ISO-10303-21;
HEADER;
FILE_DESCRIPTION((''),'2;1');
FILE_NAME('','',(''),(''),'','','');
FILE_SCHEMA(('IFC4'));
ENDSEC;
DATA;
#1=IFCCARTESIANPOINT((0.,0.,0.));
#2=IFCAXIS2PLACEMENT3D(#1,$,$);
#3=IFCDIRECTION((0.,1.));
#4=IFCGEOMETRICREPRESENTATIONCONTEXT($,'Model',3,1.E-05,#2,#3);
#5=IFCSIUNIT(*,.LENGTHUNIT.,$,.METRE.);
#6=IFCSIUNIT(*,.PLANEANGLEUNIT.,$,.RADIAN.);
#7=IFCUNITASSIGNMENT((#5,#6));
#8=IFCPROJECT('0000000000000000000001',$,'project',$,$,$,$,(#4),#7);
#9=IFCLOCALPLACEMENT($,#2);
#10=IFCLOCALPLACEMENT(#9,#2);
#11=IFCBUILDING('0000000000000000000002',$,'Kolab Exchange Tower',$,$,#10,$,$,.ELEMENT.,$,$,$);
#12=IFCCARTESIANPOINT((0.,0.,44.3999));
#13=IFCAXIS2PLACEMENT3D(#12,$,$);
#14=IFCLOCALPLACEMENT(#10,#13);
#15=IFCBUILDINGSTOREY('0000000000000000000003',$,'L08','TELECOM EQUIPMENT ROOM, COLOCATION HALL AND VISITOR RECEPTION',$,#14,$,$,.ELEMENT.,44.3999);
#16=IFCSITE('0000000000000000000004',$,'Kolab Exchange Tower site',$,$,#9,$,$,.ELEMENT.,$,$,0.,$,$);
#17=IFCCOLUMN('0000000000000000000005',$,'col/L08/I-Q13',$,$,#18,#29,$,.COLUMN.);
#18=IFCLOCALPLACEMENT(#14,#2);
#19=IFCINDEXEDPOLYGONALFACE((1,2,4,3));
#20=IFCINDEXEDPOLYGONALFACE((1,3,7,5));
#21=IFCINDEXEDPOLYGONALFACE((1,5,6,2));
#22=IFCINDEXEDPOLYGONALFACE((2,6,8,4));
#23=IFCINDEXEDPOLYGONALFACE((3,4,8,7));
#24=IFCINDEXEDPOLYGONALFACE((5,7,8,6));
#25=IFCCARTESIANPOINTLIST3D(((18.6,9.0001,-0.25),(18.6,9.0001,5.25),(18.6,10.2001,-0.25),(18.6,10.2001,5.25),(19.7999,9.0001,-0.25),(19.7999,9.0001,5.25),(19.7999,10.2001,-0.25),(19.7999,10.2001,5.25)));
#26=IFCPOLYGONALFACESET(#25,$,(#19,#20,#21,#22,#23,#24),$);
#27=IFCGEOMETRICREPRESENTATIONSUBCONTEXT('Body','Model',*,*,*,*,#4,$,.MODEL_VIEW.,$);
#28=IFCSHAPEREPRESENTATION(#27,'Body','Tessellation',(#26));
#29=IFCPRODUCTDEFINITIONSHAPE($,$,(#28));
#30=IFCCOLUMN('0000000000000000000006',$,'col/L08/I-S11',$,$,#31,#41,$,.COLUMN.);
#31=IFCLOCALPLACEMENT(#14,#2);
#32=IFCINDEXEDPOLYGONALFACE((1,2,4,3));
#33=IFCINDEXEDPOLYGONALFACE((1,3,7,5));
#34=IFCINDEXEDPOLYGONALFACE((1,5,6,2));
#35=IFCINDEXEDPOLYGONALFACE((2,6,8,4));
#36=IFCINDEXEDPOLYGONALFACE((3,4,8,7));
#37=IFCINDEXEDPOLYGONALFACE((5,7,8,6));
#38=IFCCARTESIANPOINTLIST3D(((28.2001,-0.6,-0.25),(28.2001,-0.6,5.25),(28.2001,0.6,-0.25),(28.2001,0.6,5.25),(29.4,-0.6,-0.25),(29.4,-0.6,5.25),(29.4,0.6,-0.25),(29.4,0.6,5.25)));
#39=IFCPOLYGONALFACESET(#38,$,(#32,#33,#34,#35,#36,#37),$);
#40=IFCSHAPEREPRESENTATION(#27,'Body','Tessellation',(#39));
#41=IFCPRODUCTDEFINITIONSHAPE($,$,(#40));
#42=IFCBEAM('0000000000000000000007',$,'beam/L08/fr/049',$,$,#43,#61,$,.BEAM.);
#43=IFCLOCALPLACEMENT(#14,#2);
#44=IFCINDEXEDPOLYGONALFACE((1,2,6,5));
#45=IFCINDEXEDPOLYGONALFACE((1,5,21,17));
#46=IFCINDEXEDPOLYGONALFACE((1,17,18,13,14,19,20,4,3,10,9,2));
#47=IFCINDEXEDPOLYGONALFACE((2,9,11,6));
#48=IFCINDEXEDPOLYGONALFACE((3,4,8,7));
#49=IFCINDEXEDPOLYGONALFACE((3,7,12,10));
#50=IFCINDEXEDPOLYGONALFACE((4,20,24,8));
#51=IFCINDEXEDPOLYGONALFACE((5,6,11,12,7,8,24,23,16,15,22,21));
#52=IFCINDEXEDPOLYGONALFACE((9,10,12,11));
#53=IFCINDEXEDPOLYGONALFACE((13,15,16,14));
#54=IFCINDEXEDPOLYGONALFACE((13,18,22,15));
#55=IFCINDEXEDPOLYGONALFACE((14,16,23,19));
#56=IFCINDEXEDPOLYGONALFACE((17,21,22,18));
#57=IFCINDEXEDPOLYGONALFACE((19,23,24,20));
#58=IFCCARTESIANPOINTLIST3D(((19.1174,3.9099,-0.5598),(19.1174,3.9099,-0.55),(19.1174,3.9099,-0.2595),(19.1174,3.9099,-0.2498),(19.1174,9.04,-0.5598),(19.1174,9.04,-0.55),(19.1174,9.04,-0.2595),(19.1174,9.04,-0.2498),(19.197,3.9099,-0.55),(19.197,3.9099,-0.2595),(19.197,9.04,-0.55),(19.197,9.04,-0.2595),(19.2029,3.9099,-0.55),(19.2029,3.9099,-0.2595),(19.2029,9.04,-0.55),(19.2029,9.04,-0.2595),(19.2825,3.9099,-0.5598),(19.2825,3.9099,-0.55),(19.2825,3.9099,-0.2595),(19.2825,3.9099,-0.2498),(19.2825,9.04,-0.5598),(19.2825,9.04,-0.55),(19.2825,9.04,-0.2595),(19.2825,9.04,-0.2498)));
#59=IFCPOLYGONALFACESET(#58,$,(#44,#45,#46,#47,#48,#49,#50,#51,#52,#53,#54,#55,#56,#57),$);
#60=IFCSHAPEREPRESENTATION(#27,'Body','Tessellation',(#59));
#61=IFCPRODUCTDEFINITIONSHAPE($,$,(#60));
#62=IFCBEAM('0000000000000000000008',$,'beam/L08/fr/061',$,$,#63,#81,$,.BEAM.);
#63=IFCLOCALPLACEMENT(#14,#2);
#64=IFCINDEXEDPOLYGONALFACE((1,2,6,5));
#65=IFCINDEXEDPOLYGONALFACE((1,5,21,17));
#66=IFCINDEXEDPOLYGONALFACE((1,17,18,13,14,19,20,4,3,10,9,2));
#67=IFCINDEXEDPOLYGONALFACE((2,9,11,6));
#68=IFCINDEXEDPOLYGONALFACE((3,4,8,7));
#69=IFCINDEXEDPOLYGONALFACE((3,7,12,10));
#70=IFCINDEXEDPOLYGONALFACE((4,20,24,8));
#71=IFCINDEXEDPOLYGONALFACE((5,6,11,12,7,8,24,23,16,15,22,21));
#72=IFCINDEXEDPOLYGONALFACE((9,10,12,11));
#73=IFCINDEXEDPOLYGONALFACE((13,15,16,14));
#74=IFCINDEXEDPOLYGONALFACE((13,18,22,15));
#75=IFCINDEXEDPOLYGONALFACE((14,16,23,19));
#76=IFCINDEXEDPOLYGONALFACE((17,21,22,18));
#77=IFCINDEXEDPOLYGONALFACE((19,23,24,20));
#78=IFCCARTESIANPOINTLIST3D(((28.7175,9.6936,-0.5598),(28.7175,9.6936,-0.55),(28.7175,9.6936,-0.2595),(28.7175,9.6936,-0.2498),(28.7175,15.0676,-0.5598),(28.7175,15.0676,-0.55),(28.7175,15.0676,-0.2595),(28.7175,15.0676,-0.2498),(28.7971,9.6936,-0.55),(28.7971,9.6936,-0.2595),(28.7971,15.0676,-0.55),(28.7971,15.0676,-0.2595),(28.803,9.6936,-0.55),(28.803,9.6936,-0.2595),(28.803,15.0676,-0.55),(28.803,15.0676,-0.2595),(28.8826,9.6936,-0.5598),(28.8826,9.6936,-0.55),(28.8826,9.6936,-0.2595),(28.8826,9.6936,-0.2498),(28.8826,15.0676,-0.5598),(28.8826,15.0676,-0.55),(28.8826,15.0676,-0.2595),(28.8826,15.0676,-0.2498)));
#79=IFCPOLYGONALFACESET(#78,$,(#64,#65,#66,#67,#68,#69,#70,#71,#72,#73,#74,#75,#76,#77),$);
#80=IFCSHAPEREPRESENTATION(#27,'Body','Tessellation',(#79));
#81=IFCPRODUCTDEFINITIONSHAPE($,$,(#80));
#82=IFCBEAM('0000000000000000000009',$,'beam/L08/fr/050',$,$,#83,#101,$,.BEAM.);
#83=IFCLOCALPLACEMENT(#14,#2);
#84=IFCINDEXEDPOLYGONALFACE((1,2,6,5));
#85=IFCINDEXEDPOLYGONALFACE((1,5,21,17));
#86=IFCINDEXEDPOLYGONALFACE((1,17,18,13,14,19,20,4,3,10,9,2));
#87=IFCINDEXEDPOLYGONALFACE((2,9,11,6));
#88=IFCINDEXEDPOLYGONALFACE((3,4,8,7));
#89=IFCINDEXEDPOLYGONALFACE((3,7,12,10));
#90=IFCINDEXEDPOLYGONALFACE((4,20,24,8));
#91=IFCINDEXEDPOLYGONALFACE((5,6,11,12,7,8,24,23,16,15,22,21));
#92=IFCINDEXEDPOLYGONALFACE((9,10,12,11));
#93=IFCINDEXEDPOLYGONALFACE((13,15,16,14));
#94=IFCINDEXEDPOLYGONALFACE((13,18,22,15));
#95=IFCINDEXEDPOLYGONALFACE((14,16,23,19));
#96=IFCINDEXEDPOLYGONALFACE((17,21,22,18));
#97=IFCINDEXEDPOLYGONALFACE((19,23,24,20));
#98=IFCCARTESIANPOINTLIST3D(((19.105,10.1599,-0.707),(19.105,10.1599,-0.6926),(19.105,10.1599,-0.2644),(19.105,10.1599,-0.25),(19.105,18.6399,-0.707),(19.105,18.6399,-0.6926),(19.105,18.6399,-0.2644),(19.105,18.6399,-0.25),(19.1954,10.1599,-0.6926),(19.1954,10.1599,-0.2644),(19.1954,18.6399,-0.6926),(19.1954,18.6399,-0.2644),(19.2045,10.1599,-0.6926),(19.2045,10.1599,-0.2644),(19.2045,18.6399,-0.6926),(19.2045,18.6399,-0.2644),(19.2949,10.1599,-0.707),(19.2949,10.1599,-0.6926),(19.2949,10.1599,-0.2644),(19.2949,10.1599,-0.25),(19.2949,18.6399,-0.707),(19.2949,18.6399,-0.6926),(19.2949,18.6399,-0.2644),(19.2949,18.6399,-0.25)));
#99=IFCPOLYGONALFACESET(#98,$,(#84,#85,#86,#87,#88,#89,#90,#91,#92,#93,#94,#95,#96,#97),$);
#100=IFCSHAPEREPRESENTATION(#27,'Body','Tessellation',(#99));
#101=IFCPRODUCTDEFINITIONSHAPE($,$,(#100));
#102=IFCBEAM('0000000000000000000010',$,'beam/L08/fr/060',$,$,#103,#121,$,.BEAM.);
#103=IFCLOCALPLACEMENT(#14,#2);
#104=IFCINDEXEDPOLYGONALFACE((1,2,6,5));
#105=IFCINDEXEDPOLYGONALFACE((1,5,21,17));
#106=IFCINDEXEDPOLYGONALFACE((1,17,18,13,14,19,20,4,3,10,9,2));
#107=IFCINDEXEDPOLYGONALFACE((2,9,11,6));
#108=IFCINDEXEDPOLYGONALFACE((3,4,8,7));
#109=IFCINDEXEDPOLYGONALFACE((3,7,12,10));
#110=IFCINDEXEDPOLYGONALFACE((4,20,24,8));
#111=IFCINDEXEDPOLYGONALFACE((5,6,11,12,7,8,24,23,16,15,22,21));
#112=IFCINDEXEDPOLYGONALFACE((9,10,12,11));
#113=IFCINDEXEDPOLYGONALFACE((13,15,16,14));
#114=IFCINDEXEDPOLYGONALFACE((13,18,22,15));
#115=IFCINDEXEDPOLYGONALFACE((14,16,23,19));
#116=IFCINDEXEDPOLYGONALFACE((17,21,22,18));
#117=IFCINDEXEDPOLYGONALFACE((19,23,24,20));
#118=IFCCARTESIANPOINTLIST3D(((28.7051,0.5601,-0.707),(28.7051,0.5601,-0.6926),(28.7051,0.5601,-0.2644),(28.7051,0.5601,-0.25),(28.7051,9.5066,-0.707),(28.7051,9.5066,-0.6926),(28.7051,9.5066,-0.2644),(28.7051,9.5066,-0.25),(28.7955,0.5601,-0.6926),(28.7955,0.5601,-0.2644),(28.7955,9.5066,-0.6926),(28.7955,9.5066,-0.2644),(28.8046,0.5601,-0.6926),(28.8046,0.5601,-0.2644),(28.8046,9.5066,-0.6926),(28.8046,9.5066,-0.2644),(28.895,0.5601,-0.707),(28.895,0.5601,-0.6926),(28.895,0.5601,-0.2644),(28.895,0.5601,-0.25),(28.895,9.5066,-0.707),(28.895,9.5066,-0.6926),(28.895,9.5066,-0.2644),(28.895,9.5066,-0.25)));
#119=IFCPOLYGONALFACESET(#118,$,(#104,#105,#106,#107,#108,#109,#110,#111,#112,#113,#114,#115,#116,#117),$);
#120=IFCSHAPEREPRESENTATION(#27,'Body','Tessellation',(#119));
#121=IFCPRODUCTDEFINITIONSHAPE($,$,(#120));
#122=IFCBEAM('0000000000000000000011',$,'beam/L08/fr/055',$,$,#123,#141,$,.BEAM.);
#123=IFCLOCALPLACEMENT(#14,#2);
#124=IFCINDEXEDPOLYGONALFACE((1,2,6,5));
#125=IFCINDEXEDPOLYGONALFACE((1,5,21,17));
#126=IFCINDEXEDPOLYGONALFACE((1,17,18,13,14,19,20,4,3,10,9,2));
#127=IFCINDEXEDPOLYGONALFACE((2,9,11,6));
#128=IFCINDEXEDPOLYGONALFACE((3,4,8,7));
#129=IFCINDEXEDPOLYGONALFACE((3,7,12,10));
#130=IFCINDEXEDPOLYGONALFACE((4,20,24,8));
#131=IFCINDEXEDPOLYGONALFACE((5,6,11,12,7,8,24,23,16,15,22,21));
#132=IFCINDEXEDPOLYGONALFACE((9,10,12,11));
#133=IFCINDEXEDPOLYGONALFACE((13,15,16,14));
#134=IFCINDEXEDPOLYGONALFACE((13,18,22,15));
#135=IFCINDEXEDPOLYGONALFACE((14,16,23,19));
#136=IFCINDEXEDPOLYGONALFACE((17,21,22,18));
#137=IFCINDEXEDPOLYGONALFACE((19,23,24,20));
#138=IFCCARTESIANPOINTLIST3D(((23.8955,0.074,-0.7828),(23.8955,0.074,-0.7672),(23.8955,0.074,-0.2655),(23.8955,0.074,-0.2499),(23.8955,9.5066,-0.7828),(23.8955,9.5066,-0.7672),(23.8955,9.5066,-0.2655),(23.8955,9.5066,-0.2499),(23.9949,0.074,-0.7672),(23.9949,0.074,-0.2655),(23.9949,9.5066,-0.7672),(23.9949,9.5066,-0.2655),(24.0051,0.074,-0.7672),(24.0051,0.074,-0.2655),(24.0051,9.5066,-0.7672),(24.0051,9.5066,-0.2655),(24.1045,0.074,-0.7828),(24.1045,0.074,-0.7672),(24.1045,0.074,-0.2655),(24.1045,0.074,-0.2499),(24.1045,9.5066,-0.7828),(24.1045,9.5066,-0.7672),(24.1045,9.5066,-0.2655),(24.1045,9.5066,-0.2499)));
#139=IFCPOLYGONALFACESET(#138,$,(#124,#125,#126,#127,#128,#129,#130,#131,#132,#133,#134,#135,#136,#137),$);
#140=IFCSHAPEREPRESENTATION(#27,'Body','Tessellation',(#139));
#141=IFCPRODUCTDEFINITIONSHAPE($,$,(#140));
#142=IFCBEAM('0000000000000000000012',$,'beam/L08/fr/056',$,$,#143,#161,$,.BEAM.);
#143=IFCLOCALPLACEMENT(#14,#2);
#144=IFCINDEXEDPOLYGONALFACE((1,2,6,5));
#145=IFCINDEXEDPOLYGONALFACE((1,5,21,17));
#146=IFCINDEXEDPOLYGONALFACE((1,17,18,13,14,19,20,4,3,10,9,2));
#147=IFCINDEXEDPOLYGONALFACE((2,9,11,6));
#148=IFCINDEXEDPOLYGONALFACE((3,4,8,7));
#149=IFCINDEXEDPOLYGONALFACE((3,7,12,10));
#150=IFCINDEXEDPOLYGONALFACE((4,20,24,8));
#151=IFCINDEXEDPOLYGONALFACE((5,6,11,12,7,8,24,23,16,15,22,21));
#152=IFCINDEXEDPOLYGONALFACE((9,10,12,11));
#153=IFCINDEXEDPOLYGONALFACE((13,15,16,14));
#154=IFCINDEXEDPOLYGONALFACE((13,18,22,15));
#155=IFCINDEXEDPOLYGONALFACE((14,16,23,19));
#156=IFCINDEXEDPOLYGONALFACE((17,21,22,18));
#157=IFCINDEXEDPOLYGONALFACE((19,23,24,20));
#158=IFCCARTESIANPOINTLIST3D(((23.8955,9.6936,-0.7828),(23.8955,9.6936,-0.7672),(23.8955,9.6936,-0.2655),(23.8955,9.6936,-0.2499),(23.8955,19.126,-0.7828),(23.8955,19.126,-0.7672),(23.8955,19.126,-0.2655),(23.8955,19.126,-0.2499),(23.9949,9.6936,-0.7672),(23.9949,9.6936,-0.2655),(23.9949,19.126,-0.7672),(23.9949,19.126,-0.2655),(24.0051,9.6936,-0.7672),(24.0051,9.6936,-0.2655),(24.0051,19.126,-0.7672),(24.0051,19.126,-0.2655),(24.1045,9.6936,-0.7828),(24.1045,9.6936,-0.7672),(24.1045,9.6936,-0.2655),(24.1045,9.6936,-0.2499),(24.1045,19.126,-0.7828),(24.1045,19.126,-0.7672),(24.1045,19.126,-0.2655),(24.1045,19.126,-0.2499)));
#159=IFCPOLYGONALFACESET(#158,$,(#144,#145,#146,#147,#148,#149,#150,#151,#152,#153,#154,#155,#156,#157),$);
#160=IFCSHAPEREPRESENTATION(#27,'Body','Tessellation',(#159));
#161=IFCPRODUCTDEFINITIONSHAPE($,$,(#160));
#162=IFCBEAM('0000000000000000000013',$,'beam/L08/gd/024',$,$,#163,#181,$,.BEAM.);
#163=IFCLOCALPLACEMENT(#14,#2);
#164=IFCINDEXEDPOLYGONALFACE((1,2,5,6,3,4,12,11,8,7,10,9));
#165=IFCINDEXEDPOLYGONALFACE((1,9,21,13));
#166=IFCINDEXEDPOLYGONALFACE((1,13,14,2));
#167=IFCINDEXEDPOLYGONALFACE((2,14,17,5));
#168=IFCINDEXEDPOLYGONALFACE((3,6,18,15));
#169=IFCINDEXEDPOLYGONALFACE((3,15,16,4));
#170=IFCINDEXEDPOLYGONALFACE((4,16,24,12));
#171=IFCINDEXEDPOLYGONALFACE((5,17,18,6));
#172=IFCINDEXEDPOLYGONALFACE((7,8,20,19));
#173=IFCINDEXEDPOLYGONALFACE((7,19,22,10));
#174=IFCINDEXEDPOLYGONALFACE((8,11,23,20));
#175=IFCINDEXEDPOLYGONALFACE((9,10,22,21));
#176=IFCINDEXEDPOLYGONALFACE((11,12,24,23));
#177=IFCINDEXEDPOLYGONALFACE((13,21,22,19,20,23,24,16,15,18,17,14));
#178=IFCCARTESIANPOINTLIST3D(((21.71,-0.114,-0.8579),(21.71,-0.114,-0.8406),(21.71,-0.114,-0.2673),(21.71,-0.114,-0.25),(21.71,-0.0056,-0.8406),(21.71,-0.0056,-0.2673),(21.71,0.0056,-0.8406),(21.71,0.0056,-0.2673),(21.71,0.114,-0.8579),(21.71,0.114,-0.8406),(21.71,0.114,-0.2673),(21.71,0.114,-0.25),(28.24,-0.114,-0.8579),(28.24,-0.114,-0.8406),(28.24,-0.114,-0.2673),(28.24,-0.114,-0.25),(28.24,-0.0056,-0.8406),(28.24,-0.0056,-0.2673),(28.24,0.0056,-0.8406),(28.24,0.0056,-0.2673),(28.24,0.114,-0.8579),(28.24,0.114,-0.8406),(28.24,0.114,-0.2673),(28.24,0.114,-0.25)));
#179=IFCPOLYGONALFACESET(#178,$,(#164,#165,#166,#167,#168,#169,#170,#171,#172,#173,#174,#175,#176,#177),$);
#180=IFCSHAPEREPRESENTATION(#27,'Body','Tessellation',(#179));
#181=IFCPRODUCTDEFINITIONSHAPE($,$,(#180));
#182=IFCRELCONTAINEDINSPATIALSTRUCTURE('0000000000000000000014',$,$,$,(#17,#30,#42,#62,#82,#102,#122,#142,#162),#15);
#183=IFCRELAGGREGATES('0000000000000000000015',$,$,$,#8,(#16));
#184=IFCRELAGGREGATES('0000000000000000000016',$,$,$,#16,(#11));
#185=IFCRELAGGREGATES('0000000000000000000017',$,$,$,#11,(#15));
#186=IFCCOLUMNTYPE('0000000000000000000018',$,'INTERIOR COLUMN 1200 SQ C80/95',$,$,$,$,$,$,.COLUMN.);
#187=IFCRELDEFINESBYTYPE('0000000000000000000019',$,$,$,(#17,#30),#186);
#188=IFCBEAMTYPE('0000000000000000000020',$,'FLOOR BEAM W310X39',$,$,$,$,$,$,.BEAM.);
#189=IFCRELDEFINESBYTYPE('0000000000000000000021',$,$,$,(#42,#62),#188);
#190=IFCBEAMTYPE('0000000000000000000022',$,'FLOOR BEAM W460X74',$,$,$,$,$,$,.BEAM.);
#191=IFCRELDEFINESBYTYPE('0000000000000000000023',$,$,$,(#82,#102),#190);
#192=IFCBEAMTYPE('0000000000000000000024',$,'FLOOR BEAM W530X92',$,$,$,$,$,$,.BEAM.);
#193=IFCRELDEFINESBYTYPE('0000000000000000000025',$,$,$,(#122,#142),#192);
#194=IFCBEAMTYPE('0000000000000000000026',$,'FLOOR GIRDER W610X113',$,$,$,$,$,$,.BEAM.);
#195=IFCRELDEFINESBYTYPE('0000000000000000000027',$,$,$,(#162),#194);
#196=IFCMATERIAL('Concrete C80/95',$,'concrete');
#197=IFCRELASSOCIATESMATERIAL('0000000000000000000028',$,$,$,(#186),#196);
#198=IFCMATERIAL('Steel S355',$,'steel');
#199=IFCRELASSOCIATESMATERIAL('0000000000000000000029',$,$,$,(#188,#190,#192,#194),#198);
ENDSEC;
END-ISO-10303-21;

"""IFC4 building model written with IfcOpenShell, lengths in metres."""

from ifc_helpers import new_model, si_unit, direction, frame, origin, origin_2d, place, context, subcontext, project, spatial, rectangle, i_section, extrude, material, material_profile, profile_set, type_object, element, save


model = new_model("IFC4")

# Units and contexts
model_context = context("Model", 3, precision=1e-05, world=origin(), true_north=direction((0.0, 1.0)))
body_context = subcontext(model_context, "Body", "Model", "MODEL_VIEW")
ifc_project = project(units=[si_unit("LENGTHUNIT", "METRE"), si_unit("PLANEANGLEUNIT", "RADIAN")], contexts=[model_context])

# Site, building, storey
site_placement = place(None, origin())
site = spatial("IfcSite", under=ifc_project, at=site_placement, Name="Kolab Exchange Tower site", CompositionType="ELEMENT", RefElevation=0.0)
building_placement = place(site_placement, origin())
building = spatial("IfcBuilding", under=site, at=building_placement, Name="Kolab Exchange Tower", CompositionType="ELEMENT")
storey_placement = place(building_placement, frame((0.0, 0.0, 44.3999)))
storey = spatial("IfcBuildingStorey", under=building, at=storey_placement, Name="L08", Description="TELECOM EQUIPMENT ROOM, COLOCATION HALL AND VISITOR RECEPTION", CompositionType="ELEMENT", Elevation=44.3999)

# Columns
ifc_material_1 = material(Name="Concrete C80/95", Category="concrete")
ifc_material_profile_1 = material_profile(ifc_material_1, rectangle(XDim=1.2, YDim=1.2, at=origin_2d()), Name="RC1200")
ifc_profile_set_1 = profile_set([ifc_material_profile_1], Name="Concrete C80/95")
column_type = type_object("IfcColumnType", Name="INTERIOR COLUMN 1200 SQ C80/95", PredefinedType="COLUMN", material=ifc_profile_set_1)
for number, where, z_axis, x_axis, name in (
    (1, (19.2, 9.6001, -0.25), (0.0, 0.0, 1.0), (1.0, 0.0, 0.0), "col/L08/I-Q13"),
    (2, (28.8, 0.0, -0.25), (0.0, 0.0, 1.0), (1.0, 0.0, 0.0), "col/L08/I-S11"),
):
    element("IfcColumn", number, at=place(storey_placement, frame(where, z_axis=z_axis, x_axis=x_axis)), inside=storey, type_object=column_type, Name=name, PredefinedType="COLUMN", context=body_context, shape_type="SweptSolid", body=[
        extrude(rectangle(XDim=1.2, YDim=1.2, at=origin_2d()), origin(), (0.0, 0.0, 1.0), 5.5),
    ])

# Beams
ifc_material_2 = material(Name="Steel S355", Category="steel")
ifc_material_profile_2 = material_profile(ifc_material_2, i_section(OverallWidth=0.165, OverallDepth=0.3101, WebThickness=0.0059, FlangeThickness=0.0098, at=origin_2d()), Name="W310X39")
ifc_profile_set_2 = profile_set([ifc_material_profile_2], Name="Steel S355")
beam_type_1 = type_object("IfcBeamType", Name="FLOOR BEAM W310X39", PredefinedType="BEAM", material=ifc_profile_set_2)
beam_1_placement = place(storey_placement, frame((19.2, 3.9099, -0.4048), z_axis=(0.0, 1.0, 0.0), x_axis=(-1.0, 0.0, 0.0)))
element("IfcBeam", 3, at=beam_1_placement, inside=storey, type_object=beam_type_1, Name="beam/L08/fr/049", PredefinedType="BEAM", context=body_context, shape_type="SweptSolid", body=[
    extrude(i_section(OverallWidth=0.165, OverallDepth=0.3101, WebThickness=0.0059, FlangeThickness=0.0098, at=origin_2d()), origin(), (0.0, 0.0, 1.0), 5.1301),
])
beam_2_placement = place(storey_placement, frame((28.8, 9.6936, -0.4048), z_axis=(0.0, 1.0, 0.0), x_axis=(-1.0, 0.0, 0.0)))
element("IfcBeam", 4, at=beam_2_placement, inside=storey, type_object=beam_type_1, Name="beam/L08/fr/061", PredefinedType="BEAM", context=body_context, shape_type="SweptSolid", body=[
    extrude(i_section(OverallWidth=0.165, OverallDepth=0.3101, WebThickness=0.0059, FlangeThickness=0.0098, at=origin_2d()), origin(), (0.0, 0.0, 1.0), 5.374),
])
ifc_material_profile_3 = material_profile(ifc_material_2, i_section(OverallWidth=0.1899, OverallDepth=0.457, WebThickness=0.009, FlangeThickness=0.0144, at=origin_2d()), Name="W460X74")
ifc_profile_set_3 = profile_set([ifc_material_profile_3], Name="Steel S355")
beam_type_2 = type_object("IfcBeamType", Name="FLOOR BEAM W460X74", PredefinedType="BEAM", material=ifc_profile_set_3)
beam_3_placement = place(storey_placement, frame((19.2, 10.1599, -0.4785), z_axis=(0.0, 1.0, 0.0), x_axis=(-1.0, 0.0, 0.0)))
element("IfcBeam", 5, at=beam_3_placement, inside=storey, type_object=beam_type_2, Name="beam/L08/fr/050", PredefinedType="BEAM", context=body_context, shape_type="SweptSolid", body=[
    extrude(i_section(OverallWidth=0.1899, OverallDepth=0.457, WebThickness=0.009, FlangeThickness=0.0144, at=origin_2d()), origin(), (0.0, 0.0, 1.0), 8.48),
])
beam_4_placement = place(storey_placement, frame((28.8, 0.5601, -0.4785), z_axis=(0.0, 1.0, 0.0), x_axis=(-1.0, 0.0, 0.0)))
element("IfcBeam", 6, at=beam_4_placement, inside=storey, type_object=beam_type_2, Name="beam/L08/fr/060", PredefinedType="BEAM", context=body_context, shape_type="SweptSolid", body=[
    extrude(i_section(OverallWidth=0.1899, OverallDepth=0.457, WebThickness=0.009, FlangeThickness=0.0144, at=origin_2d()), origin(), (0.0, 0.0, 1.0), 8.9465),
])
ifc_material_profile_4 = material_profile(ifc_material_2, i_section(OverallWidth=0.209, OverallDepth=0.533, WebThickness=0.0103, FlangeThickness=0.0156, at=origin_2d()), Name="W530X92")
ifc_profile_set_4 = profile_set([ifc_material_profile_4], Name="Steel S355")
beam_type_3 = type_object("IfcBeamType", Name="FLOOR BEAM W530X92", PredefinedType="BEAM", material=ifc_profile_set_4)
beam_5_placement = place(storey_placement, frame((24.0, 0.074, -0.5164), z_axis=(0.0, 1.0, 0.0), x_axis=(-1.0, 0.0, 0.0)))
element("IfcBeam", 7, at=beam_5_placement, inside=storey, type_object=beam_type_3, Name="beam/L08/fr/055", PredefinedType="BEAM", context=body_context, shape_type="SweptSolid", body=[
    extrude(i_section(OverallWidth=0.209, OverallDepth=0.533, WebThickness=0.0103, FlangeThickness=0.0156, at=origin_2d()), origin(), (0.0, 0.0, 1.0), 9.4326),
])
beam_6_placement = place(storey_placement, frame((24.0, 9.6936, -0.5164), z_axis=(0.0, 1.0, 0.0), x_axis=(-1.0, 0.0, 0.0)))
element("IfcBeam", 8, at=beam_6_placement, inside=storey, type_object=beam_type_3, Name="beam/L08/fr/056", PredefinedType="BEAM", context=body_context, shape_type="SweptSolid", body=[
    extrude(i_section(OverallWidth=0.209, OverallDepth=0.533, WebThickness=0.0103, FlangeThickness=0.0156, at=origin_2d()), origin(), (0.0, 0.0, 1.0), 9.4324),
])
ifc_material_profile_5 = material_profile(ifc_material_2, i_section(OverallWidth=0.228, OverallDepth=0.6079, WebThickness=0.0112, FlangeThickness=0.0173, at=origin_2d()), Name="W610X113")
ifc_profile_set_5 = profile_set([ifc_material_profile_5], Name="Steel S355")
beam_type_4 = type_object("IfcBeamType", Name="FLOOR GIRDER W610X113", PredefinedType="BEAM", material=ifc_profile_set_5)
beam_7_placement = place(storey_placement, frame((21.71, 0.0, -0.554), z_axis=(1.0, 0.0, 0.0), x_axis=(0.0, 1.0, 0.0)))
element("IfcBeam", 9, at=beam_7_placement, inside=storey, type_object=beam_type_4, Name="beam/L08/gd/024", PredefinedType="BEAM", context=body_context, shape_type="SweptSolid", body=[
    extrude(i_section(OverallWidth=0.228, OverallDepth=0.6079, WebThickness=0.0112, FlangeThickness=0.0173, at=origin_2d()), origin(), (0.0, 0.0, 1.0), 6.53),
])

save(model, "model.ifc")
